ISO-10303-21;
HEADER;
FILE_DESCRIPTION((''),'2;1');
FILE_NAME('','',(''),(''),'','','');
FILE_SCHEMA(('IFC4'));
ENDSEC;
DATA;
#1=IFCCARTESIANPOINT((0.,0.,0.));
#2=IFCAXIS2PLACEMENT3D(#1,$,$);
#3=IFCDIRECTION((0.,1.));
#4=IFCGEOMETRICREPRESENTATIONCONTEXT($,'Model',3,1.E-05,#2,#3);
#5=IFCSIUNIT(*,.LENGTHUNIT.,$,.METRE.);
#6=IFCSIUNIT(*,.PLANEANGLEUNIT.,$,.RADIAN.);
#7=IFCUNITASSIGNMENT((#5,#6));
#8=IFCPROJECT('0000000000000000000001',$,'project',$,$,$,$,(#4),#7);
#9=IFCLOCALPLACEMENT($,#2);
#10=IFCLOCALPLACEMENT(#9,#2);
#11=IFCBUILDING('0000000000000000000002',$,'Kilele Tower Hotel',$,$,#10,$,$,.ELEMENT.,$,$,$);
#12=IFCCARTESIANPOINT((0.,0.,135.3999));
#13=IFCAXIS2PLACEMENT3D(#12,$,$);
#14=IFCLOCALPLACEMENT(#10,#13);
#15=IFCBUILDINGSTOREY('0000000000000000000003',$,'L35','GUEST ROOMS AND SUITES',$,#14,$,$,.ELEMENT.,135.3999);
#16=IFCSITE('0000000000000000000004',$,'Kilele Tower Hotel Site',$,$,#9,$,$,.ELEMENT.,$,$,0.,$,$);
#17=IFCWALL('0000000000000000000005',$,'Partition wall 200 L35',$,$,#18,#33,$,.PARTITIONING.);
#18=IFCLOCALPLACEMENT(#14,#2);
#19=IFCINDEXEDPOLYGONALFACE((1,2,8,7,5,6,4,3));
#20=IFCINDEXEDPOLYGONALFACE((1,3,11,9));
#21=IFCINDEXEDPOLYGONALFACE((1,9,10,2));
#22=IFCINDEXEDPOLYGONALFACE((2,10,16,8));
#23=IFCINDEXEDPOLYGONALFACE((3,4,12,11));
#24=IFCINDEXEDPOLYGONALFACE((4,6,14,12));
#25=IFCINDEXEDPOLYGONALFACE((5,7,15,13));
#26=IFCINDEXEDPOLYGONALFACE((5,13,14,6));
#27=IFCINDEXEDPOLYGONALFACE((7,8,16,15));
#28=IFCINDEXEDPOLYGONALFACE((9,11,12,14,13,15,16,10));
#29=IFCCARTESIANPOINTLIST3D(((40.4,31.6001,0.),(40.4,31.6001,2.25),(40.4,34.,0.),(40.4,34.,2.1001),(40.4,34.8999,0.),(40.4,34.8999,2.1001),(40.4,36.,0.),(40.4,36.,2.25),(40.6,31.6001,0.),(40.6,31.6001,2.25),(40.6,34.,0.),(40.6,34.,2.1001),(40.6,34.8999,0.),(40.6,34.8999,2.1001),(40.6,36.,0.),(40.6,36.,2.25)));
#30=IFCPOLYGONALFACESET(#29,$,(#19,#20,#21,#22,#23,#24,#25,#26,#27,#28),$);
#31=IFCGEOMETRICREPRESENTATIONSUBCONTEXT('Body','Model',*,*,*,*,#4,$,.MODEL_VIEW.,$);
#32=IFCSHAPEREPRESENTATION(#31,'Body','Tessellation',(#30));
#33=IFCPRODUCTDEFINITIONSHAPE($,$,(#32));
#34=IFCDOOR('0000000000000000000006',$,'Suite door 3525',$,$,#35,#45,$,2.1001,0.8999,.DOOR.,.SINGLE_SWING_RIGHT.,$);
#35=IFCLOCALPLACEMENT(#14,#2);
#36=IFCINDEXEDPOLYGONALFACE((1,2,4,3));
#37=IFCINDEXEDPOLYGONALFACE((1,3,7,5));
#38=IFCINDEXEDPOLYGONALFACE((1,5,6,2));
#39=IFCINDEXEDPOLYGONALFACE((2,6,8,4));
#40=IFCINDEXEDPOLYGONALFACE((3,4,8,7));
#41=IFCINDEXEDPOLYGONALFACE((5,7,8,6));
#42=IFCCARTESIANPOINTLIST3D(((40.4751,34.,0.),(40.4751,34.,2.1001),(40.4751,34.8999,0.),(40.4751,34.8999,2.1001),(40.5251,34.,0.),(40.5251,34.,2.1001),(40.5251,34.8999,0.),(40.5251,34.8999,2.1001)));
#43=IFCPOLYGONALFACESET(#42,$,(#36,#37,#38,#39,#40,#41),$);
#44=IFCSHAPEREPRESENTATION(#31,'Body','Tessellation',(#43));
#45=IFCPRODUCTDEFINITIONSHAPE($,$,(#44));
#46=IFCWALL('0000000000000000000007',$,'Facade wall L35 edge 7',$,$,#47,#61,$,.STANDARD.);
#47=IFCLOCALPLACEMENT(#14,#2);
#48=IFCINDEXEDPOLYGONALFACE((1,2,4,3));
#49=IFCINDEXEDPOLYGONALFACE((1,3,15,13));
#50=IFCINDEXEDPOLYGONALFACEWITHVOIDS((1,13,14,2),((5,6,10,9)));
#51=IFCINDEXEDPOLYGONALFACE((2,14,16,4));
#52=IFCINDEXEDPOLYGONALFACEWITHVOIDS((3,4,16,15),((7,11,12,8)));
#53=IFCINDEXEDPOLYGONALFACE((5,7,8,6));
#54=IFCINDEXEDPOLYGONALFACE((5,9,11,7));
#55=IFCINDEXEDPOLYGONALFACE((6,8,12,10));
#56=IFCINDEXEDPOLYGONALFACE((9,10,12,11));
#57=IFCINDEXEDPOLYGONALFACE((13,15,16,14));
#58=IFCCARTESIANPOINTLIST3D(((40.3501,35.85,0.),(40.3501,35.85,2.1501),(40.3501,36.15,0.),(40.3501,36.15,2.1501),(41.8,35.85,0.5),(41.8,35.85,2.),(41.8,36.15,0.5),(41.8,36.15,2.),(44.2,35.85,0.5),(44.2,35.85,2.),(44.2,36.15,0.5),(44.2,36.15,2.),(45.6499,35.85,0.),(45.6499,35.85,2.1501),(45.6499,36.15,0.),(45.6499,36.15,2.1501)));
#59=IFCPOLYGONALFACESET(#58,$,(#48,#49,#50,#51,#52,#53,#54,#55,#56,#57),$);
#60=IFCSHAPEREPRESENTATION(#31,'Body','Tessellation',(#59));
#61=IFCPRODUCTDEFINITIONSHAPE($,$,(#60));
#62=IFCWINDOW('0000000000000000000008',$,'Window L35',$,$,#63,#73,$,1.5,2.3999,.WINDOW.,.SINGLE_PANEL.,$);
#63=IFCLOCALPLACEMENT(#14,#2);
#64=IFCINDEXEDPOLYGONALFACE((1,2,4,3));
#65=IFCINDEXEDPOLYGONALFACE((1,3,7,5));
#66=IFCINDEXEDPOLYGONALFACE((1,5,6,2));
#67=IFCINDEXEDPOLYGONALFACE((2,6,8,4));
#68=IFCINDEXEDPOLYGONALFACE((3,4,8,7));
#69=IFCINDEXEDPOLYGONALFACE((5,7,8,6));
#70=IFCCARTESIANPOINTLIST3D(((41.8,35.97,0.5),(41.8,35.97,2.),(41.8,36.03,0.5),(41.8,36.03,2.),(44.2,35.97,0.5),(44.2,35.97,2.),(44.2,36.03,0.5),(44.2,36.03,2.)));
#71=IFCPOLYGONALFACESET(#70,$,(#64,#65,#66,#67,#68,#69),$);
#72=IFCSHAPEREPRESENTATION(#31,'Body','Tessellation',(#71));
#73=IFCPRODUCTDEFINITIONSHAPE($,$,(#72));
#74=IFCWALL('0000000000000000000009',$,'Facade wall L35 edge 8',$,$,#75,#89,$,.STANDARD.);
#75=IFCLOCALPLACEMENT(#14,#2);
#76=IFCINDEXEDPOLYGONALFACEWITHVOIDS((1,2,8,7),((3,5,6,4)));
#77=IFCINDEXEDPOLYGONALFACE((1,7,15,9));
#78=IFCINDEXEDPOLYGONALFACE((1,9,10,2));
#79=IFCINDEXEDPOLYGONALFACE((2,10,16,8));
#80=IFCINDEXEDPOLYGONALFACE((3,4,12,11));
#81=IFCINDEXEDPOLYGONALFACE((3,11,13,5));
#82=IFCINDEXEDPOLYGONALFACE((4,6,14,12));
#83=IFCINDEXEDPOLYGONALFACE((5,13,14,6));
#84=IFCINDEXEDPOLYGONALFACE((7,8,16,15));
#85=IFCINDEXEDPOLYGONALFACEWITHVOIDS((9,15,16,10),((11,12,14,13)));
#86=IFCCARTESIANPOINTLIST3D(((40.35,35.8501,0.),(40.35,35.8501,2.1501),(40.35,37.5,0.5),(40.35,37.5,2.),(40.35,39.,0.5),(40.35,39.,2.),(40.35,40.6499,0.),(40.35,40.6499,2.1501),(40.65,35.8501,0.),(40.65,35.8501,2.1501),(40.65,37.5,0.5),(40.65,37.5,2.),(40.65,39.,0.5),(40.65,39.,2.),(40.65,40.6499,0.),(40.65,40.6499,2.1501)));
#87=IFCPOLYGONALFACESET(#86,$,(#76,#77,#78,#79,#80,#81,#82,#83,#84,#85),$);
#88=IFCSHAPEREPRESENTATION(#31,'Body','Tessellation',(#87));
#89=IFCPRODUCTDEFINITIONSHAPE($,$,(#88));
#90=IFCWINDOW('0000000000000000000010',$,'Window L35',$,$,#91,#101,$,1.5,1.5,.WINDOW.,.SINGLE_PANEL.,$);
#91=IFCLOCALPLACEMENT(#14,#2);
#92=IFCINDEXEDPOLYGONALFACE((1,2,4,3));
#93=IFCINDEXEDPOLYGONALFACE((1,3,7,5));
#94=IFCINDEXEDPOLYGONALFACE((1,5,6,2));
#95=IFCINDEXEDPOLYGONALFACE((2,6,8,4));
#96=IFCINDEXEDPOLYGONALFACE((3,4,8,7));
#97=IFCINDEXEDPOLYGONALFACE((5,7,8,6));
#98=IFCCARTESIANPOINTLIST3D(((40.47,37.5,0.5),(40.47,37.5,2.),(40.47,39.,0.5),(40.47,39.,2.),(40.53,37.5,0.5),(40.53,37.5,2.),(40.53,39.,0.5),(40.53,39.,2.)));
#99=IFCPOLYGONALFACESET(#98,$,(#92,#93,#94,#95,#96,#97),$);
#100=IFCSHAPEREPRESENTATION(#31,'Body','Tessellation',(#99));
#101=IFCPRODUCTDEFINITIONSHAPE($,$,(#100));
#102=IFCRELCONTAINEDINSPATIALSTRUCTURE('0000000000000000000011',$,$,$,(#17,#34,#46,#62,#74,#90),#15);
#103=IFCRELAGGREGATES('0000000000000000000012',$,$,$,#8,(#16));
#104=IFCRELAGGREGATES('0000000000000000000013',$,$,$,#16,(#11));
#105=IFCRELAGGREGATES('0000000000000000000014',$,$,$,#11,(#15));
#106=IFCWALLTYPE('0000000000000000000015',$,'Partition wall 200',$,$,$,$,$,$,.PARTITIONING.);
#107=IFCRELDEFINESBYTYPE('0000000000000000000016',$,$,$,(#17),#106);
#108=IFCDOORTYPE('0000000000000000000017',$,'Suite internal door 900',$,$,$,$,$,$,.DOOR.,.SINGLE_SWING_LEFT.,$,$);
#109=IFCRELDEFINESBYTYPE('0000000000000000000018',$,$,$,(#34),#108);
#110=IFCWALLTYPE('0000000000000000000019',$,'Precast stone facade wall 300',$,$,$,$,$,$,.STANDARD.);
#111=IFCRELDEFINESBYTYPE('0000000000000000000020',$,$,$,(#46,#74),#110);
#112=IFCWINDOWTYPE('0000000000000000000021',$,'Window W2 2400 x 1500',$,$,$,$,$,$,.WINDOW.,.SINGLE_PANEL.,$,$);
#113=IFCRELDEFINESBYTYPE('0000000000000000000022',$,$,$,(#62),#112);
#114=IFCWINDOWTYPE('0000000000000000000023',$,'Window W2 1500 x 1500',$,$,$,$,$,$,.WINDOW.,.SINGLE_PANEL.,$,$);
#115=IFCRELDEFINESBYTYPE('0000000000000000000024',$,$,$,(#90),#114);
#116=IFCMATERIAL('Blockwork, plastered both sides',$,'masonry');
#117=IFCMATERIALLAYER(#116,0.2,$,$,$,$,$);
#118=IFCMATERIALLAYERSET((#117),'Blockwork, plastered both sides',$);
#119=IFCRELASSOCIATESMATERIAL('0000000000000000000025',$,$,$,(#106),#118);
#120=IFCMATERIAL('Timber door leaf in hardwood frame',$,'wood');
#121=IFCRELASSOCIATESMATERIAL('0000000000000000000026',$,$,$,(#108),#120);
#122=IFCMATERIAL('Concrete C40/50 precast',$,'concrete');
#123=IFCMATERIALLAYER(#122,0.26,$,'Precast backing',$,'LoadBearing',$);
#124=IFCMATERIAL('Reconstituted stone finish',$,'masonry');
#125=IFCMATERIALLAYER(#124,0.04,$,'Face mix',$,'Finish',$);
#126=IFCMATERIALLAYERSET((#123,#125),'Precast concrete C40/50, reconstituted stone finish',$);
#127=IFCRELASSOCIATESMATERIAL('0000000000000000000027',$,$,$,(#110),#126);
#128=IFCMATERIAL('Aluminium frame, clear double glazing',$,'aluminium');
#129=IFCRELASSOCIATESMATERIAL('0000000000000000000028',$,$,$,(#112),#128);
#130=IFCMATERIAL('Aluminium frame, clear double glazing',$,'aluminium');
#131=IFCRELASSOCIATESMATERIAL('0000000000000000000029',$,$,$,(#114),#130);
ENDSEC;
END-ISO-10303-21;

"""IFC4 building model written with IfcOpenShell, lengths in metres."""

from ifc_helpers import new_model, si_unit, direction, frame, frame_2d, origin, place, context, subcontext, project, spatial, rectangle, extrude, material, layer, layer_set, type_object, element, fill, save


model = new_model("IFC4")

# Units and contexts
model_context = context("Model", 3, precision=1e-05, world=origin(), true_north=direction((0.0, 1.0)))
body_context = subcontext(model_context, "Body", "Model", "MODEL_VIEW")
ifc_project = project(units=[si_unit("LENGTHUNIT", "METRE"), si_unit("PLANEANGLEUNIT", "RADIAN")], contexts=[model_context])

# Site, building, storey
site_placement = place(None, origin())
site = spatial("IfcSite", under=ifc_project, at=site_placement, Name="Kilele Tower Hotel Site", CompositionType="ELEMENT", RefElevation=0.0)
building_placement = place(site_placement, origin())
building = spatial("IfcBuilding", under=site, at=building_placement, Name="Kilele Tower Hotel", CompositionType="ELEMENT")
storey_placement = place(building_placement, frame((0.0, 0.0, 135.3999)))
storey = spatial("IfcBuildingStorey", under=building, at=storey_placement, Name="L35", Description="GUEST ROOMS AND SUITES", CompositionType="ELEMENT", Elevation=135.3999)

# Wall, opening, door
ifc_material_1 = material(Name="Blockwork, plastered both sides", Category="masonry")
ifc_layer_1 = layer(ifc_material_1, 0.2)
ifc_layer_set_1 = layer_set([ifc_layer_1], Name="Blockwork, plastered both sides")
wall_type_1 = type_object("IfcWallType", Name="Partition wall 200", PredefinedType="PARTITIONING", material=ifc_layer_set_1)
wall_1_placement = place(storey_placement, frame((40.5, 31.6001, 0.0), z_axis=(0.0, 0.0, 1.0), x_axis=(0.0, 1.0, 0.0)))
wall_1 = element("IfcWall", 1, at=wall_1_placement, inside=storey, type_object=wall_type_1, Name="Partition wall 200 L35", PredefinedType="PARTITIONING", context=body_context, shape_type="SweptSolid", body=[
    extrude(rectangle(XDim=4.3999, YDim=0.2, at=frame_2d((2.2, 0.0))), origin(), (0.0, 0.0, 1.0), 2.25),
])
opening_1_placement = place(wall_1_placement, frame((2.3999, 0.0, 0.0)))
opening_1 = element("IfcOpeningElement", 2, at=opening_1_placement, cuts=wall_1, PredefinedType="OPENING", context=body_context, shape_type="SweptSolid", body=[
    extrude(rectangle(XDim=0.8999, YDim=2.1001, at=frame_2d((0.45, 1.05))), frame((0.0, 0.1099, 0.0), z_axis=(0.0, -1.0, 0.0), x_axis=(1.0, 0.0, 0.0)), (0.0, 0.0, 1.0), 0.22),
])
ifc_material_2 = material(Name="Timber door leaf in hardwood frame", Category="wood")
door_type_1 = type_object("IfcDoorType", Name="Suite internal door 900", OperationType="SINGLE_SWING_LEFT", PredefinedType="DOOR", material=ifc_material_2)
door_1_placement = place(opening_1_placement, origin())
door_1 = element("IfcDoor", 3, at=door_1_placement, inside=storey, type_object=door_type_1, Name="Suite door 3525", OperationType="SINGLE_SWING_RIGHT", OverallHeight=2.1001, OverallWidth=0.8999, PredefinedType="DOOR", context=body_context, shape_type="SweptSolid", body=[
    extrude(rectangle(XDim=0.8999, YDim=2.1001, at=frame_2d((0.45, 1.05))), frame((0.0, 0.0249, 0.0), z_axis=(0.0, -1.0, 0.0), x_axis=(1.0, 0.0, 0.0)), (0.0, 0.0, 1.0), 0.05),
])
fill(opening_1, door_1)

# Walls, openings, windows
ifc_material_3 = material(Name="Concrete C40/50 precast", Category="concrete")
ifc_layer_2 = layer(ifc_material_3, 0.26, Name="Precast backing", Category="LoadBearing")
ifc_material_4 = material(Name="Reconstituted stone finish", Category="masonry")
ifc_layer_3 = layer(ifc_material_4, 0.04, Name="Face mix", Category="Finish")
ifc_layer_set_2 = layer_set([ifc_layer_2, ifc_layer_3], Name="Precast concrete C40/50, reconstituted stone finish")
wall_type_2 = type_object("IfcWallType", Name="Precast stone facade wall 300", PredefinedType="STANDARD", material=ifc_layer_set_2)
wall_2_placement = place(storey_placement, frame((45.6499, 36.0, 0.0), z_axis=(0.0, 0.0, 1.0), x_axis=(-1.0, 0.0, 0.0)))
wall_2 = element("IfcWall", 4, at=wall_2_placement, inside=storey, type_object=wall_type_2, Name="Facade wall L35 edge 7", PredefinedType="STANDARD", context=body_context, shape_type="SweptSolid", body=[
    extrude(rectangle(XDim=5.2998, YDim=0.3, at=frame_2d((2.6499, 0.0))), origin(), (0.0, 0.0, 1.0), 2.1501),
])
opening_2_placement = place(wall_2_placement, frame((1.45, 0.0, 0.5)))
opening_2 = element("IfcOpeningElement", 5, at=opening_2_placement, cuts=wall_2, PredefinedType="OPENING", context=body_context, shape_type="SweptSolid", body=[
    extrude(rectangle(XDim=2.3999, YDim=1.5, at=frame_2d((1.2, 0.75))), frame((0.0, 0.1599, 0.0), z_axis=(0.0, -1.0, 0.0), x_axis=(1.0, 0.0, 0.0)), (0.0, 0.0, 1.0), 0.3201),
])
ifc_material_5 = material(Name="Aluminium frame, clear double glazing", Category="aluminium")
window_type_1 = type_object("IfcWindowType", Name="Window W2 2400 x 1500", PartitioningType="SINGLE_PANEL", PredefinedType="WINDOW", material=ifc_material_5)
window_1_placement = place(opening_2_placement, origin())
window_1 = element("IfcWindow", 6, at=window_1_placement, inside=storey, type_object=window_type_1, Name="Window L35", OverallHeight=1.5, OverallWidth=2.3999, PartitioningType="SINGLE_PANEL", PredefinedType="WINDOW", context=body_context, shape_type="SweptSolid", body=[
    extrude(rectangle(XDim=2.3999, YDim=1.5, at=frame_2d((1.2, 0.75))), frame((0.0, 0.03, 0.0), z_axis=(0.0, -1.0, 0.0), x_axis=(1.0, 0.0, 0.0)), (0.0, 0.0, 1.0), 0.0601),
])
fill(opening_2, window_1)
wall_3_placement = place(storey_placement, frame((40.5, 35.8501, 0.0), z_axis=(0.0, 0.0, 1.0), x_axis=(0.0, 1.0, 0.0)))
wall_3 = element("IfcWall", 7, at=wall_3_placement, inside=storey, type_object=wall_type_2, Name="Facade wall L35 edge 8", PredefinedType="STANDARD", context=body_context, shape_type="SweptSolid", body=[
    extrude(rectangle(XDim=4.7998, YDim=0.3, at=frame_2d((2.3999, 0.0))), origin(), (0.0, 0.0, 1.0), 2.1501),
])
opening_3_placement = place(wall_3_placement, frame((1.6499, 0.0, 0.5)))
opening_3 = element("IfcOpeningElement", 8, at=opening_3_placement, cuts=wall_3, PredefinedType="OPENING", context=body_context, shape_type="SweptSolid", body=[
    extrude(rectangle(XDim=1.5, YDim=1.5, at=frame_2d((0.75, 0.75))), frame((0.0, 0.1599, 0.0), z_axis=(0.0, -1.0, 0.0), x_axis=(1.0, 0.0, 0.0)), (0.0, 0.0, 1.0), 0.3201),
])
ifc_material_6 = material(Name="Aluminium frame, clear double glazing", Category="aluminium")
window_type_2 = type_object("IfcWindowType", Name="Window W2 1500 x 1500", PartitioningType="SINGLE_PANEL", PredefinedType="WINDOW", material=ifc_material_6)
window_2_placement = place(opening_3_placement, origin())
window_2 = element("IfcWindow", 9, at=window_2_placement, inside=storey, type_object=window_type_2, Name="Window L35", OverallHeight=1.5, OverallWidth=1.5, PartitioningType="SINGLE_PANEL", PredefinedType="WINDOW", context=body_context, shape_type="SweptSolid", body=[
    extrude(rectangle(XDim=1.5, YDim=1.5, at=frame_2d((0.75, 0.75))), frame((0.0, 0.03, 0.0), z_axis=(0.0, -1.0, 0.0), x_axis=(1.0, 0.0, 0.0)), (0.0, 0.0, 1.0), 0.0601),
])
fill(opening_3, window_2)

save(model, "model.ifc")
